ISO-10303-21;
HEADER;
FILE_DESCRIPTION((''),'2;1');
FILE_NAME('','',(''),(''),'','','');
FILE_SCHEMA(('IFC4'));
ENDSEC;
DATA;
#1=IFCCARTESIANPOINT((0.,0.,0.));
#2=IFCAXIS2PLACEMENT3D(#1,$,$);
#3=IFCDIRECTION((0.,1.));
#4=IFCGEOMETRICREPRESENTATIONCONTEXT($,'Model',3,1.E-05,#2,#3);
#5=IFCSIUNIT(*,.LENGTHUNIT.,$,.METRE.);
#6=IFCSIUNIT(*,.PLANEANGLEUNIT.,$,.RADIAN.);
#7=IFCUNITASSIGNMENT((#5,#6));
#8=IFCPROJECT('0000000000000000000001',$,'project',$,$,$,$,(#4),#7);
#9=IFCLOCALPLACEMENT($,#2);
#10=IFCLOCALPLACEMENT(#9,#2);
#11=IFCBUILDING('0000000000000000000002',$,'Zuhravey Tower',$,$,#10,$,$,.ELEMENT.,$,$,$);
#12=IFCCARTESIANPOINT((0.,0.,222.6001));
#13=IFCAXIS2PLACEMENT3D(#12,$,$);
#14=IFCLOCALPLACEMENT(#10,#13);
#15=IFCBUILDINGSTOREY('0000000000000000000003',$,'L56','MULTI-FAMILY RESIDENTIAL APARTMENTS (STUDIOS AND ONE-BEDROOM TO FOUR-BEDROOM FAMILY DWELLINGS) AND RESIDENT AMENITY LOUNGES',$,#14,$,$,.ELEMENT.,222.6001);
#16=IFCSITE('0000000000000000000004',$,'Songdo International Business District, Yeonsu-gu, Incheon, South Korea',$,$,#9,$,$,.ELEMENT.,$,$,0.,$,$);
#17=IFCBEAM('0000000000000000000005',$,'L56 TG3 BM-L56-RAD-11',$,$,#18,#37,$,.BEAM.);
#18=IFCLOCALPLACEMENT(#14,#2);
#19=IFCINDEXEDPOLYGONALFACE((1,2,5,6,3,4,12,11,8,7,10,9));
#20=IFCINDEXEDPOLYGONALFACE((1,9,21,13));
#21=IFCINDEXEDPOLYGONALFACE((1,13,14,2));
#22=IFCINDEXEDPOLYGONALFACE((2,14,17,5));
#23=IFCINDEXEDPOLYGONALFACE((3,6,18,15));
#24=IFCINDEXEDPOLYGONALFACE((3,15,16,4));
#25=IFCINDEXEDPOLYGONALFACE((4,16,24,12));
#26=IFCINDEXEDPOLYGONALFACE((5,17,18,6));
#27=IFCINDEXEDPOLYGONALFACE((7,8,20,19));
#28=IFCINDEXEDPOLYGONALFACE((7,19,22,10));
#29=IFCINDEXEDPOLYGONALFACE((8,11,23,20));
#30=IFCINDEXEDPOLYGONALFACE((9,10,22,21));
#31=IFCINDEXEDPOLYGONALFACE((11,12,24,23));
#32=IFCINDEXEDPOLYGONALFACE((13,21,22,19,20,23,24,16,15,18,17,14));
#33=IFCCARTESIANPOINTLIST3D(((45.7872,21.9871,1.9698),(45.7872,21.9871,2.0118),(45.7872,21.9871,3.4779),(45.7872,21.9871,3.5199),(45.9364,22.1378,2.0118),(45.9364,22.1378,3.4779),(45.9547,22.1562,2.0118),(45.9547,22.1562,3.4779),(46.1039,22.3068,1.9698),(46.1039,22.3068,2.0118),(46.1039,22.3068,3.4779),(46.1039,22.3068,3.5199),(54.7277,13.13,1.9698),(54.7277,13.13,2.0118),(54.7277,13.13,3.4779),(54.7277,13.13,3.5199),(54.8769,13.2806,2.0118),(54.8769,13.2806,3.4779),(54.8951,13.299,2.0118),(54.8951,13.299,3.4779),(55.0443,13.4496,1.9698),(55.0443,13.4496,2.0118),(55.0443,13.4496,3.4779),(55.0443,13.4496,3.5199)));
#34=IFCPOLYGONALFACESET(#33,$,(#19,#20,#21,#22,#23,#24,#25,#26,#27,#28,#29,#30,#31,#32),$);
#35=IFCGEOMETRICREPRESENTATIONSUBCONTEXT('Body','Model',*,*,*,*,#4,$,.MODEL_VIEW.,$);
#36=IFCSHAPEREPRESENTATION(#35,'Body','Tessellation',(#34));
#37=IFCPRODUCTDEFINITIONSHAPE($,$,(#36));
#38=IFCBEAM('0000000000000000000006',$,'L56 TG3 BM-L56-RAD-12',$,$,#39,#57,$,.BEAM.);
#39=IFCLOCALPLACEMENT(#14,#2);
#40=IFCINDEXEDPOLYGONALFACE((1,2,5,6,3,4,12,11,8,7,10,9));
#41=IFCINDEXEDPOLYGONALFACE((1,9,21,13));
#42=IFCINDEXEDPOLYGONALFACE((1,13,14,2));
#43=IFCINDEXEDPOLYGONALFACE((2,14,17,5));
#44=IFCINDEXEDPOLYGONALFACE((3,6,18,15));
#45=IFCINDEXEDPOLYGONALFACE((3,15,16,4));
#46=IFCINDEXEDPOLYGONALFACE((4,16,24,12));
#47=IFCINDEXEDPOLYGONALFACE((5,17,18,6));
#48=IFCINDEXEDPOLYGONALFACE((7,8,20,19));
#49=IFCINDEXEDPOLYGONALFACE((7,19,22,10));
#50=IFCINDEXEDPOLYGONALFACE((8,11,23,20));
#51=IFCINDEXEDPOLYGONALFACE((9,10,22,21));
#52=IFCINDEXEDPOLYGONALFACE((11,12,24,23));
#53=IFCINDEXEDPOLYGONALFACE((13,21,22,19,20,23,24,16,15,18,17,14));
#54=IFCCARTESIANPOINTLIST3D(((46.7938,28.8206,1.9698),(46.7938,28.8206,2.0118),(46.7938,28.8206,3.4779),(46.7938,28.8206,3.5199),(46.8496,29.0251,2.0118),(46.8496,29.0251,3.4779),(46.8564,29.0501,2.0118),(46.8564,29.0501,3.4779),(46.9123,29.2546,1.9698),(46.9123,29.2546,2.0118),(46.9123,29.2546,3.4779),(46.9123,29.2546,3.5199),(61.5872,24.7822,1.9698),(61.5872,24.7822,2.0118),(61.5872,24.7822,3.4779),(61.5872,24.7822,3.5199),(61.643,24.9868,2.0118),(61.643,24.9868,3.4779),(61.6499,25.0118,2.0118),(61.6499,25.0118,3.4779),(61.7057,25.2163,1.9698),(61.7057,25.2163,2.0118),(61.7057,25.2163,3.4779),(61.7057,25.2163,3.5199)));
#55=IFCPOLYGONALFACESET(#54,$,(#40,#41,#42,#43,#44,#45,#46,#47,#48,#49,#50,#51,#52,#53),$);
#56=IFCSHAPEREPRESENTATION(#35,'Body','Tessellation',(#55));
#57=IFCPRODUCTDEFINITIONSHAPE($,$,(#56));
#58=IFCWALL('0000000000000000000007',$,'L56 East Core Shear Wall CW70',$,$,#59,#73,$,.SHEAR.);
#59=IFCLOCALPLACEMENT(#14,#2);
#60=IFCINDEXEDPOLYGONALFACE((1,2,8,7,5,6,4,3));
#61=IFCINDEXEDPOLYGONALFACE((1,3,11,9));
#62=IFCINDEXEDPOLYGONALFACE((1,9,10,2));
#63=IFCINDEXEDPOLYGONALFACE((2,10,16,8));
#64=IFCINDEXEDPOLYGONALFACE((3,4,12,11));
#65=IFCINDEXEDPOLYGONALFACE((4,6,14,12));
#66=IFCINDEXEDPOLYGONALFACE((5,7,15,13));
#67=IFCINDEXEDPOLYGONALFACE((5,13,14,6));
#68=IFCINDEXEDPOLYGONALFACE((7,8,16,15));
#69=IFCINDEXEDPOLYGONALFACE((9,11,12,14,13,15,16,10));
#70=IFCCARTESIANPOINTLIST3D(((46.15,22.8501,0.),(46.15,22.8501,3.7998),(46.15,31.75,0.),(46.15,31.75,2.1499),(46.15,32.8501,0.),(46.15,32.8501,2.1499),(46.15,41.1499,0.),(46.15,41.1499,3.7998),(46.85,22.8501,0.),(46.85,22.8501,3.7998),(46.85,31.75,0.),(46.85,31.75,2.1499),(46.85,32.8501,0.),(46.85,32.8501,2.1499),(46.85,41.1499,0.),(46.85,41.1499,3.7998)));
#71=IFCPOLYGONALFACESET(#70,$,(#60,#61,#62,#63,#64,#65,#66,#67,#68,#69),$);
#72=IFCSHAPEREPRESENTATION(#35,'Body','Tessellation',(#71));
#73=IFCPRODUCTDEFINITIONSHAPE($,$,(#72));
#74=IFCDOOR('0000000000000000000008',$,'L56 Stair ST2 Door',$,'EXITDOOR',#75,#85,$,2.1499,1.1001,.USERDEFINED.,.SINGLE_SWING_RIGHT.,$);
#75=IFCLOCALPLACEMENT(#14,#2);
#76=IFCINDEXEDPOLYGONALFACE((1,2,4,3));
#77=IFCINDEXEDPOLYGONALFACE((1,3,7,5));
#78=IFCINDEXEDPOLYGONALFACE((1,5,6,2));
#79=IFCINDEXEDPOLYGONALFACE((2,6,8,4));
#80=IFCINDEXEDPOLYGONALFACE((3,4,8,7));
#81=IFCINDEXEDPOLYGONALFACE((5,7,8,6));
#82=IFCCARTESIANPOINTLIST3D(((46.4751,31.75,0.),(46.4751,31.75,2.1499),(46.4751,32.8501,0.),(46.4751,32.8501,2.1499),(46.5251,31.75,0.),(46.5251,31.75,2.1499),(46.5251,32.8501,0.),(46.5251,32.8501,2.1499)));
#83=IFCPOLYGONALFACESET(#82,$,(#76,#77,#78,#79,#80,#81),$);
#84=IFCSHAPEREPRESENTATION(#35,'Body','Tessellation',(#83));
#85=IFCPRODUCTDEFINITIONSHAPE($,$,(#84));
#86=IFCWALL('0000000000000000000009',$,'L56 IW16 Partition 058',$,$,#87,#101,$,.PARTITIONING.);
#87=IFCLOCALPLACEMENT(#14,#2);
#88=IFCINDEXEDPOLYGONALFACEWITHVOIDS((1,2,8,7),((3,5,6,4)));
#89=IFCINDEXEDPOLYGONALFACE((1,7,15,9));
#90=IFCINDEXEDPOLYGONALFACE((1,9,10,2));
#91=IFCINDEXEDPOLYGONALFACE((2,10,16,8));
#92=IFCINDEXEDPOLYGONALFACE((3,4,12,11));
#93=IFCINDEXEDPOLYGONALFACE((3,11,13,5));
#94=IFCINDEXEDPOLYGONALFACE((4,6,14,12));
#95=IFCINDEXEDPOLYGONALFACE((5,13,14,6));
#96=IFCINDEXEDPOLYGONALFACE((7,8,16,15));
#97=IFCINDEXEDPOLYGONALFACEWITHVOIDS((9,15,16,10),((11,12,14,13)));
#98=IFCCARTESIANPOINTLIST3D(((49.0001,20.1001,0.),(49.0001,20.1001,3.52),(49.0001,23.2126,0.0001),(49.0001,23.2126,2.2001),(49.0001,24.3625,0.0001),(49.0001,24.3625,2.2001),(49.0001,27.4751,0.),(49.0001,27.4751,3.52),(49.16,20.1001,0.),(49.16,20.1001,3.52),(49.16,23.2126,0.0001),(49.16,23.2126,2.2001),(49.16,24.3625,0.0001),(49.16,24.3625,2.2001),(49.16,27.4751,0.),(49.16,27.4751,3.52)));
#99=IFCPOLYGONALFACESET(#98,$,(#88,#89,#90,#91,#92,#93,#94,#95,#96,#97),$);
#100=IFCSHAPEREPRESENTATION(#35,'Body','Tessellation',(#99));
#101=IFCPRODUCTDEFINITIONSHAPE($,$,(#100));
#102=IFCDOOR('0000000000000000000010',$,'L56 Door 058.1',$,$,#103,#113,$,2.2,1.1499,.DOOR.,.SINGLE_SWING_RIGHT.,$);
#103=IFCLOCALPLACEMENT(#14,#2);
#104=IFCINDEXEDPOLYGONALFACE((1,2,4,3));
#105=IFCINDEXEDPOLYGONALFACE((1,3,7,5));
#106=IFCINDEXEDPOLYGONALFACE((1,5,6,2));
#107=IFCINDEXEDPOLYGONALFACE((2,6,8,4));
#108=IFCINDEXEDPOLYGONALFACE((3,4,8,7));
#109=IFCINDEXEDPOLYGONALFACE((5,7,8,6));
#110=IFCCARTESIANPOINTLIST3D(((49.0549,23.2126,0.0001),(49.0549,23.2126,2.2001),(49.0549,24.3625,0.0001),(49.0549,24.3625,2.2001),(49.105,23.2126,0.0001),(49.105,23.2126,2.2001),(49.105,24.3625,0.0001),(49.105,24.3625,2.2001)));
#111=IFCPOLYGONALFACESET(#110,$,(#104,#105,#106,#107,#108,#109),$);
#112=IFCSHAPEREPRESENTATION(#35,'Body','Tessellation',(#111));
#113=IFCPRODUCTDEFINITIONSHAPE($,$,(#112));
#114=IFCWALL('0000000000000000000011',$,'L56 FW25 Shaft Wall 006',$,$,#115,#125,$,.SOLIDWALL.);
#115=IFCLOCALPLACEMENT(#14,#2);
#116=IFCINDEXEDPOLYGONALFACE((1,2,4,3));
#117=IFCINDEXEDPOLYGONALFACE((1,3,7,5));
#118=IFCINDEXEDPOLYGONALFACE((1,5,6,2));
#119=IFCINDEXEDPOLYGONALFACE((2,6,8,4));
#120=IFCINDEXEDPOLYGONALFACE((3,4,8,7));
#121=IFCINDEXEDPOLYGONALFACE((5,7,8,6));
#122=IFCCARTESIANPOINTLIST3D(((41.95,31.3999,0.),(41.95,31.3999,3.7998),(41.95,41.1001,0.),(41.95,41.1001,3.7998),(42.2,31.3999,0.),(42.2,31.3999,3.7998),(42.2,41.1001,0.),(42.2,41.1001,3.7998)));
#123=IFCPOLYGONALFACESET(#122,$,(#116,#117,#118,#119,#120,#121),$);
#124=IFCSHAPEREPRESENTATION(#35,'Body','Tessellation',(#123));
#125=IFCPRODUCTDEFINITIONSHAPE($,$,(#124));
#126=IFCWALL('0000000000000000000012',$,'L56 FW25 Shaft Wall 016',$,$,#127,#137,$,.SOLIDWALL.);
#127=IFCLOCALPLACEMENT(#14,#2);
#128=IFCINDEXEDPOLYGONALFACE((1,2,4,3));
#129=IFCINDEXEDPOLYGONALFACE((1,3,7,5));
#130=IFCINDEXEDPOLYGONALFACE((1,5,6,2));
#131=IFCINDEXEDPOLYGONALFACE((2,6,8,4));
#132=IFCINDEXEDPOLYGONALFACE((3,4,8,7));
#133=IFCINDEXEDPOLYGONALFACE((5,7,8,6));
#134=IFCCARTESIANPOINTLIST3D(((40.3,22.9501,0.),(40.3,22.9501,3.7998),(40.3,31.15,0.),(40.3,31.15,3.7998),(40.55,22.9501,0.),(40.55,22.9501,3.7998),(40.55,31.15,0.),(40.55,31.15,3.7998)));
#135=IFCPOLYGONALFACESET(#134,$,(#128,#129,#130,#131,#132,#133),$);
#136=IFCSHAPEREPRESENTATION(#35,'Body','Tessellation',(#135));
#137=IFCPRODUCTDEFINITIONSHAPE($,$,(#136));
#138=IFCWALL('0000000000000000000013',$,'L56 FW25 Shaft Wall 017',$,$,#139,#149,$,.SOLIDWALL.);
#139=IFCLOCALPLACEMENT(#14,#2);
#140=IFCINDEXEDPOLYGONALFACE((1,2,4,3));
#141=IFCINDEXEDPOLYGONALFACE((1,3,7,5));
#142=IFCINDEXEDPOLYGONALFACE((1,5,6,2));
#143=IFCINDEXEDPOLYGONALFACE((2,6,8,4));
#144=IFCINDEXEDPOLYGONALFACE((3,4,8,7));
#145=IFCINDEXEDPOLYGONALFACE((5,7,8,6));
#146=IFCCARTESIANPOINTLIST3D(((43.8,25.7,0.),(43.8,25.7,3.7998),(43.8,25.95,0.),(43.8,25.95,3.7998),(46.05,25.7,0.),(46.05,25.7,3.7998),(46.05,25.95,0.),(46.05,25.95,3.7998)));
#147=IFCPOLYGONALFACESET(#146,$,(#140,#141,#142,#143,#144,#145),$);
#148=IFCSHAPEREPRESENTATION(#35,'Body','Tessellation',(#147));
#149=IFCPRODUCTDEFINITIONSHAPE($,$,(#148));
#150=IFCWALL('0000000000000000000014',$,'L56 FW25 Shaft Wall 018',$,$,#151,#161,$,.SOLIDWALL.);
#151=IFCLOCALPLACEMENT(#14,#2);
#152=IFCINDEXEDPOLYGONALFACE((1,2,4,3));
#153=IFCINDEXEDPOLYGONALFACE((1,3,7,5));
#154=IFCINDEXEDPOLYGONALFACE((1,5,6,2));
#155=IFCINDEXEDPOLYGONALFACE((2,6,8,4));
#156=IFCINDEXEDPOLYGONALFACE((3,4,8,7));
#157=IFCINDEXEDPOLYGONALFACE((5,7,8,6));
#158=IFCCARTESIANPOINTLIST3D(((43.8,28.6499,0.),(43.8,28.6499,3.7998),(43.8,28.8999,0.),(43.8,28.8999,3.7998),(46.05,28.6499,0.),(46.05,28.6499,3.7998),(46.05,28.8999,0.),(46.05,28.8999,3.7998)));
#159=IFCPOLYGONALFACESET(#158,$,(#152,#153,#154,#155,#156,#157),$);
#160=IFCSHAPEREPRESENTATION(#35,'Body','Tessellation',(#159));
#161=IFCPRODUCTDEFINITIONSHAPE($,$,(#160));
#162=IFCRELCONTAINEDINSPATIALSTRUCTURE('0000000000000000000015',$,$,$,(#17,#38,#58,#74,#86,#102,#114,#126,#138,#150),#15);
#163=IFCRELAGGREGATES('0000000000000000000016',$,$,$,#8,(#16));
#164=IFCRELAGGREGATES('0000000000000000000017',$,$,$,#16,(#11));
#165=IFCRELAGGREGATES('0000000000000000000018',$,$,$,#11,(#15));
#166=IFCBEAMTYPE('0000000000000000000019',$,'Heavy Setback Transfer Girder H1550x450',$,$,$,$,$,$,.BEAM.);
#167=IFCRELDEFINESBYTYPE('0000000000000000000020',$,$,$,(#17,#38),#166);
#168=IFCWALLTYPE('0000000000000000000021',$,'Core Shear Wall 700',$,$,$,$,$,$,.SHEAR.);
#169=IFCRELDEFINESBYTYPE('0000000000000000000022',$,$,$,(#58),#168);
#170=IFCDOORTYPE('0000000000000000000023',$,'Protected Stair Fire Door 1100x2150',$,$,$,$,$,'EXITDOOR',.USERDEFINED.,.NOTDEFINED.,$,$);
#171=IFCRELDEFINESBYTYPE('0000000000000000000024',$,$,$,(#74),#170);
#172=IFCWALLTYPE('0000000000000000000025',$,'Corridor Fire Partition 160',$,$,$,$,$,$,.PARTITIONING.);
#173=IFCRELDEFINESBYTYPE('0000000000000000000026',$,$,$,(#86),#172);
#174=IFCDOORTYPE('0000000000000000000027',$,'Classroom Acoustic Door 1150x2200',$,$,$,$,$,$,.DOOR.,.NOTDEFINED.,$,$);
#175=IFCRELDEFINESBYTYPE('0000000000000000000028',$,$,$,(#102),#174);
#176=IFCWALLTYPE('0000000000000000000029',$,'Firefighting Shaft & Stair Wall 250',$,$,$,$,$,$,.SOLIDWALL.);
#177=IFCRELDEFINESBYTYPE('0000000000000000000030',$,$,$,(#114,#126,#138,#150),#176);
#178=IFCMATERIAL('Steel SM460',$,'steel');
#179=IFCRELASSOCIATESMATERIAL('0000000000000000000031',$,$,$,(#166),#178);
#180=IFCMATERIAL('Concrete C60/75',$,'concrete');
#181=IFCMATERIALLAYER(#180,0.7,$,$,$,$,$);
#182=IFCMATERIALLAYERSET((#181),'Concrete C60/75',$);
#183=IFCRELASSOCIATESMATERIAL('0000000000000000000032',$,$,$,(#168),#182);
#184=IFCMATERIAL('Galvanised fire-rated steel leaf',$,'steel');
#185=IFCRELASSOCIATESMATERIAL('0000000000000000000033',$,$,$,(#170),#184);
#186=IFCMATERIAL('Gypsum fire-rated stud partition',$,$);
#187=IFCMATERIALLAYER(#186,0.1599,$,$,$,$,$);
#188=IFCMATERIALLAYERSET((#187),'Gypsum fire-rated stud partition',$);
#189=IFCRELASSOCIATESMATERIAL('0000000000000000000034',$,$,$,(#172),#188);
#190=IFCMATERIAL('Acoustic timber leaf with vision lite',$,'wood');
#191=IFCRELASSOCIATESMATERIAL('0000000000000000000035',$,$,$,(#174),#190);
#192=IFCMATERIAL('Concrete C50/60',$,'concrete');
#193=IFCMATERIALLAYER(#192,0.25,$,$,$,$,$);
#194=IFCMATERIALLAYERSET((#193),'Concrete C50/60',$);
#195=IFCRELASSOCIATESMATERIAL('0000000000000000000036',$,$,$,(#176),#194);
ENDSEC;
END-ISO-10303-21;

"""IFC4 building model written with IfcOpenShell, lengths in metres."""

from ifc_helpers import new_model, si_unit, direction, frame, frame_2d, origin, origin_2d, place, context, subcontext, project, spatial, rectangle, i_section, extrude, material, layer, layer_set, material_profile, profile_set, type_object, element, fill, save


model = new_model("IFC4")

# Units and contexts
model_context = context("Model", 3, precision=1e-05, world=origin(), true_north=direction((0.0, 1.0)))
body_context = subcontext(model_context, "Body", "Model", "MODEL_VIEW")
ifc_project = project(units=[si_unit("LENGTHUNIT", "METRE"), si_unit("PLANEANGLEUNIT", "RADIAN")], contexts=[model_context])

# Site, building, storey
site_placement = place(None, origin())
site = spatial("IfcSite", under=ifc_project, at=site_placement, Name="Songdo International Business District, Yeonsu-gu, Incheon, South Korea", CompositionType="ELEMENT", RefElevation=0.0)
building_placement = place(site_placement, origin())
building = spatial("IfcBuilding", under=site, at=building_placement, Name="Zuhravey Tower", CompositionType="ELEMENT")
storey_placement = place(building_placement, frame((0.0, 0.0, 222.6001)))
storey = spatial("IfcBuildingStorey", under=building, at=storey_placement, Name="L56", Description="MULTI-FAMILY RESIDENTIAL APARTMENTS (STUDIOS AND ONE-BEDROOM TO FOUR-BEDROOM FAMILY DWELLINGS) AND RESIDENT AMENITY LOUNGES", CompositionType="ELEMENT", Elevation=222.6001)

# Beams
ifc_material_1 = material(Name="Steel SM460", Category="steel")
ifc_material_profile = material_profile(ifc_material_1, i_section(OverallWidth=0.45, OverallDepth=1.55, WebThickness=0.0259, FlangeThickness=0.042, at=origin_2d()), Name="H-1550x450x26x42")
ifc_profile_set = profile_set([ifc_material_profile], Name="Steel SM460")
beam_type = type_object("IfcBeamType", Name="Heavy Setback Transfer Girder H1550x450", PredefinedType="BEAM", material=ifc_profile_set)
beam_1_placement = place(storey_placement, frame((45.9456, 22.147, 2.7449), z_axis=(0.710407, -0.703791, 0.0), x_axis=(0.703791, 0.710407, 0.0)))
element("IfcBeam", 1, at=beam_1_placement, inside=storey, type_object=beam_type, Name="L56 TG3 BM-L56-RAD-11", PredefinedType="BEAM", context=body_context, shape_type="SweptSolid", body=[
    extrude(i_section(OverallWidth=0.45, OverallDepth=1.55, WebThickness=0.0259, FlangeThickness=0.042, at=origin_2d()), origin(), (0.0, 0.0, 1.0), 12.585),
])
beam_2_placement = place(storey_placement, frame((46.853, 29.0376, 2.7449), z_axis=(0.964702, -0.263345, 0.0), x_axis=(0.263345, 0.964702, 0.0)))
element("IfcBeam", 2, at=beam_2_placement, inside=storey, type_object=beam_type, Name="L56 TG3 BM-L56-RAD-12", PredefinedType="BEAM", context=body_context, shape_type="SweptSolid", body=[
    extrude(i_section(OverallWidth=0.45, OverallDepth=1.55, WebThickness=0.0259, FlangeThickness=0.042, at=origin_2d()), origin(), (0.0, 0.0, 1.0), 15.3347),
])

# Walls, openings, doors
ifc_material_2 = material(Name="Concrete C60/75", Category="concrete")
ifc_layer_1 = layer(ifc_material_2, 0.7)
ifc_layer_set_1 = layer_set([ifc_layer_1], Name="Concrete C60/75")
wall_type_1 = type_object("IfcWallType", Name="Core Shear Wall 700", PredefinedType="SHEAR", material=ifc_layer_set_1)
wall_1_placement = place(storey_placement, frame((46.5, 22.8501, 0.0), z_axis=(0.0, 0.0, 1.0), x_axis=(0.0, 1.0, 0.0)))
wall_1 = element("IfcWall", 3, at=wall_1_placement, inside=storey, type_object=wall_type_1, Name="L56 East Core Shear Wall CW70", PredefinedType="SHEAR", context=body_context, shape_type="SweptSolid", body=[
    extrude(rectangle(XDim=18.2998, YDim=0.7, at=frame_2d((9.1499, 0.0))), origin(), (0.0, 0.0, 1.0), 3.7998),
])
opening_1_placement = place(wall_1_placement, frame((8.8999, 0.0, 0.0)))
opening_1 = element("IfcOpeningElement", 4, at=opening_1_placement, cuts=wall_1, PredefinedType="OPENING", context=body_context, shape_type="SweptSolid", body=[
    extrude(rectangle(XDim=1.1001, YDim=2.1499, at=frame_2d((0.55, 1.075))), frame((0.0, 0.3621, 0.0), z_axis=(0.0, -1.0, 0.0), x_axis=(1.0, 0.0, 0.0)), (0.0, 0.0, 1.0), 0.7239),
])
ifc_material_3 = material(Name="Galvanised fire-rated steel leaf", Category="steel")
door_type_1 = type_object("IfcDoorType", Name="Protected Stair Fire Door 1100x2150", ElementType="EXITDOOR", OperationType="NOTDEFINED", PredefinedType="USERDEFINED", material=ifc_material_3)
door_1_placement = place(opening_1_placement, origin())
door_1 = element("IfcDoor", 5, at=door_1_placement, inside=storey, type_object=door_type_1, Name="L56 Stair ST2 Door", ObjectType="EXITDOOR", OperationType="SINGLE_SWING_RIGHT", OverallHeight=2.1499, OverallWidth=1.1001, PredefinedType="USERDEFINED", context=body_context, shape_type="SweptSolid", body=[
    extrude(rectangle(XDim=1.1001, YDim=2.1499, at=frame_2d((0.55, 1.075))), frame((0.0, 0.0249, 0.0), z_axis=(0.0, -1.0, 0.0), x_axis=(1.0, 0.0, 0.0)), (0.0, 0.0, 1.0), 0.05),
])
fill(opening_1, door_1)
ifc_material_4 = material(Name="Gypsum fire-rated stud partition")
ifc_layer_2 = layer(ifc_material_4, 0.1599)
ifc_layer_set_2 = layer_set([ifc_layer_2], Name="Gypsum fire-rated stud partition")
wall_type_2 = type_object("IfcWallType", Name="Corridor Fire Partition 160", PredefinedType="PARTITIONING", material=ifc_layer_set_2)
wall_2_placement = place(storey_placement, frame((49.0801, 20.1001, 0.0), z_axis=(0.0, 0.0, 1.0), x_axis=(0.0, 1.0, 0.0)))
wall_2 = element("IfcWall", 6, at=wall_2_placement, inside=storey, type_object=wall_type_2, Name="L56 IW16 Partition 058", PredefinedType="PARTITIONING", context=body_context, shape_type="SweptSolid", body=[
    extrude(rectangle(XDim=7.375, YDim=0.1599, at=frame_2d((3.6875, 0.0))), origin(), (0.0, 0.0, 1.0), 3.52),
])
opening_2_placement = place(wall_2_placement, frame((3.1125, 0.0, 0.0)))
opening_2 = element("IfcOpeningElement", 7, at=opening_2_placement, cuts=wall_2, PredefinedType="OPENING", context=body_context, shape_type="SweptSolid", body=[
    extrude(rectangle(XDim=1.1499, YDim=2.2, at=frame_2d((0.575, 1.1001))), frame((0.0, 0.092, 0.0), z_axis=(0.0, -1.0, 0.0), x_axis=(1.0, 0.0, 0.0)), (0.0, 0.0, 1.0), 0.1838),
])
ifc_material_5 = material(Name="Acoustic timber leaf with vision lite", Category="wood")
door_type_2 = type_object("IfcDoorType", Name="Classroom Acoustic Door 1150x2200", OperationType="NOTDEFINED", PredefinedType="DOOR", material=ifc_material_5)
door_2_placement = place(opening_2_placement, frame((1.1499, 0.0, 0.0), z_axis=(0.0, 0.0, 1.0), x_axis=(-1.0, 0.0, 0.0)))
door_2 = element("IfcDoor", 8, at=door_2_placement, inside=storey, type_object=door_type_2, Name="L56 Door 058.1", OperationType="SINGLE_SWING_RIGHT", OverallHeight=2.2, OverallWidth=1.1499, PredefinedType="DOOR", context=body_context, shape_type="SweptSolid", body=[
    extrude(rectangle(XDim=1.1499, YDim=2.2, at=frame_2d((0.575, 1.1001))), frame((0.0, 0.0249, 0.0), z_axis=(0.0, -1.0, 0.0), x_axis=(1.0, 0.0, 0.0)), (0.0, 0.0, 1.0), 0.05),
])
fill(opening_2, door_2)

# Walls
ifc_material_6 = material(Name="Concrete C50/60", Category="concrete")
ifc_layer_3 = layer(ifc_material_6, 0.25)
ifc_layer_set_3 = layer_set([ifc_layer_3], Name="Concrete C50/60")
wall_type_3 = type_object("IfcWallType", Name="Firefighting Shaft & Stair Wall 250", PredefinedType="SOLIDWALL", material=ifc_layer_set_3)
wall_3_placement = place(storey_placement, frame((42.075, 31.3999, 0.0), z_axis=(0.0, 0.0, 1.0), x_axis=(0.0, 1.0, 0.0)))
element("IfcWall", 9, at=wall_3_placement, inside=storey, type_object=wall_type_3, Name="L56 FW25 Shaft Wall 006", PredefinedType="SOLIDWALL", context=body_context, shape_type="SweptSolid", body=[
    extrude(rectangle(XDim=9.7002, YDim=0.25, at=frame_2d((4.8501, 0.0))), origin(), (0.0, 0.0, 1.0), 3.7998),
])
wall_4_placement = place(storey_placement, frame((40.425, 22.95, 0.0), z_axis=(0.0, 0.0, 1.0), x_axis=(0.0, 1.0, 0.0)))
element("IfcWall", 10, at=wall_4_placement, inside=storey, type_object=wall_type_3, Name="L56 FW25 Shaft Wall 016", PredefinedType="SOLIDWALL", context=body_context, shape_type="SweptSolid", body=[
    extrude(rectangle(XDim=8.2, YDim=0.25, at=frame_2d((4.1001, 0.0))), origin(), (0.0, 0.0, 1.0), 3.7998),
])
for number, where, z_axis, x_axis, name in (
    (11, (43.8, 25.825, 0.0), (0.0, 0.0, 1.0), (1.0, 0.0, 0.0), "L56 FW25 Shaft Wall 017"),
    (12, (43.8, 28.7749, 0.0), (0.0, 0.0, 1.0), (1.0, 0.0, 0.0), "L56 FW25 Shaft Wall 018"),
):
    element("IfcWall", number, at=place(storey_placement, frame(where, z_axis=z_axis, x_axis=x_axis)), inside=storey, type_object=wall_type_3, Name=name, PredefinedType="SOLIDWALL", context=body_context, shape_type="SweptSolid", body=[
        extrude(rectangle(XDim=2.25, YDim=0.25, at=frame_2d((1.125, 0.0))), origin(), (0.0, 0.0, 1.0), 3.7998),
    ])

save(model, "model.ifc")
